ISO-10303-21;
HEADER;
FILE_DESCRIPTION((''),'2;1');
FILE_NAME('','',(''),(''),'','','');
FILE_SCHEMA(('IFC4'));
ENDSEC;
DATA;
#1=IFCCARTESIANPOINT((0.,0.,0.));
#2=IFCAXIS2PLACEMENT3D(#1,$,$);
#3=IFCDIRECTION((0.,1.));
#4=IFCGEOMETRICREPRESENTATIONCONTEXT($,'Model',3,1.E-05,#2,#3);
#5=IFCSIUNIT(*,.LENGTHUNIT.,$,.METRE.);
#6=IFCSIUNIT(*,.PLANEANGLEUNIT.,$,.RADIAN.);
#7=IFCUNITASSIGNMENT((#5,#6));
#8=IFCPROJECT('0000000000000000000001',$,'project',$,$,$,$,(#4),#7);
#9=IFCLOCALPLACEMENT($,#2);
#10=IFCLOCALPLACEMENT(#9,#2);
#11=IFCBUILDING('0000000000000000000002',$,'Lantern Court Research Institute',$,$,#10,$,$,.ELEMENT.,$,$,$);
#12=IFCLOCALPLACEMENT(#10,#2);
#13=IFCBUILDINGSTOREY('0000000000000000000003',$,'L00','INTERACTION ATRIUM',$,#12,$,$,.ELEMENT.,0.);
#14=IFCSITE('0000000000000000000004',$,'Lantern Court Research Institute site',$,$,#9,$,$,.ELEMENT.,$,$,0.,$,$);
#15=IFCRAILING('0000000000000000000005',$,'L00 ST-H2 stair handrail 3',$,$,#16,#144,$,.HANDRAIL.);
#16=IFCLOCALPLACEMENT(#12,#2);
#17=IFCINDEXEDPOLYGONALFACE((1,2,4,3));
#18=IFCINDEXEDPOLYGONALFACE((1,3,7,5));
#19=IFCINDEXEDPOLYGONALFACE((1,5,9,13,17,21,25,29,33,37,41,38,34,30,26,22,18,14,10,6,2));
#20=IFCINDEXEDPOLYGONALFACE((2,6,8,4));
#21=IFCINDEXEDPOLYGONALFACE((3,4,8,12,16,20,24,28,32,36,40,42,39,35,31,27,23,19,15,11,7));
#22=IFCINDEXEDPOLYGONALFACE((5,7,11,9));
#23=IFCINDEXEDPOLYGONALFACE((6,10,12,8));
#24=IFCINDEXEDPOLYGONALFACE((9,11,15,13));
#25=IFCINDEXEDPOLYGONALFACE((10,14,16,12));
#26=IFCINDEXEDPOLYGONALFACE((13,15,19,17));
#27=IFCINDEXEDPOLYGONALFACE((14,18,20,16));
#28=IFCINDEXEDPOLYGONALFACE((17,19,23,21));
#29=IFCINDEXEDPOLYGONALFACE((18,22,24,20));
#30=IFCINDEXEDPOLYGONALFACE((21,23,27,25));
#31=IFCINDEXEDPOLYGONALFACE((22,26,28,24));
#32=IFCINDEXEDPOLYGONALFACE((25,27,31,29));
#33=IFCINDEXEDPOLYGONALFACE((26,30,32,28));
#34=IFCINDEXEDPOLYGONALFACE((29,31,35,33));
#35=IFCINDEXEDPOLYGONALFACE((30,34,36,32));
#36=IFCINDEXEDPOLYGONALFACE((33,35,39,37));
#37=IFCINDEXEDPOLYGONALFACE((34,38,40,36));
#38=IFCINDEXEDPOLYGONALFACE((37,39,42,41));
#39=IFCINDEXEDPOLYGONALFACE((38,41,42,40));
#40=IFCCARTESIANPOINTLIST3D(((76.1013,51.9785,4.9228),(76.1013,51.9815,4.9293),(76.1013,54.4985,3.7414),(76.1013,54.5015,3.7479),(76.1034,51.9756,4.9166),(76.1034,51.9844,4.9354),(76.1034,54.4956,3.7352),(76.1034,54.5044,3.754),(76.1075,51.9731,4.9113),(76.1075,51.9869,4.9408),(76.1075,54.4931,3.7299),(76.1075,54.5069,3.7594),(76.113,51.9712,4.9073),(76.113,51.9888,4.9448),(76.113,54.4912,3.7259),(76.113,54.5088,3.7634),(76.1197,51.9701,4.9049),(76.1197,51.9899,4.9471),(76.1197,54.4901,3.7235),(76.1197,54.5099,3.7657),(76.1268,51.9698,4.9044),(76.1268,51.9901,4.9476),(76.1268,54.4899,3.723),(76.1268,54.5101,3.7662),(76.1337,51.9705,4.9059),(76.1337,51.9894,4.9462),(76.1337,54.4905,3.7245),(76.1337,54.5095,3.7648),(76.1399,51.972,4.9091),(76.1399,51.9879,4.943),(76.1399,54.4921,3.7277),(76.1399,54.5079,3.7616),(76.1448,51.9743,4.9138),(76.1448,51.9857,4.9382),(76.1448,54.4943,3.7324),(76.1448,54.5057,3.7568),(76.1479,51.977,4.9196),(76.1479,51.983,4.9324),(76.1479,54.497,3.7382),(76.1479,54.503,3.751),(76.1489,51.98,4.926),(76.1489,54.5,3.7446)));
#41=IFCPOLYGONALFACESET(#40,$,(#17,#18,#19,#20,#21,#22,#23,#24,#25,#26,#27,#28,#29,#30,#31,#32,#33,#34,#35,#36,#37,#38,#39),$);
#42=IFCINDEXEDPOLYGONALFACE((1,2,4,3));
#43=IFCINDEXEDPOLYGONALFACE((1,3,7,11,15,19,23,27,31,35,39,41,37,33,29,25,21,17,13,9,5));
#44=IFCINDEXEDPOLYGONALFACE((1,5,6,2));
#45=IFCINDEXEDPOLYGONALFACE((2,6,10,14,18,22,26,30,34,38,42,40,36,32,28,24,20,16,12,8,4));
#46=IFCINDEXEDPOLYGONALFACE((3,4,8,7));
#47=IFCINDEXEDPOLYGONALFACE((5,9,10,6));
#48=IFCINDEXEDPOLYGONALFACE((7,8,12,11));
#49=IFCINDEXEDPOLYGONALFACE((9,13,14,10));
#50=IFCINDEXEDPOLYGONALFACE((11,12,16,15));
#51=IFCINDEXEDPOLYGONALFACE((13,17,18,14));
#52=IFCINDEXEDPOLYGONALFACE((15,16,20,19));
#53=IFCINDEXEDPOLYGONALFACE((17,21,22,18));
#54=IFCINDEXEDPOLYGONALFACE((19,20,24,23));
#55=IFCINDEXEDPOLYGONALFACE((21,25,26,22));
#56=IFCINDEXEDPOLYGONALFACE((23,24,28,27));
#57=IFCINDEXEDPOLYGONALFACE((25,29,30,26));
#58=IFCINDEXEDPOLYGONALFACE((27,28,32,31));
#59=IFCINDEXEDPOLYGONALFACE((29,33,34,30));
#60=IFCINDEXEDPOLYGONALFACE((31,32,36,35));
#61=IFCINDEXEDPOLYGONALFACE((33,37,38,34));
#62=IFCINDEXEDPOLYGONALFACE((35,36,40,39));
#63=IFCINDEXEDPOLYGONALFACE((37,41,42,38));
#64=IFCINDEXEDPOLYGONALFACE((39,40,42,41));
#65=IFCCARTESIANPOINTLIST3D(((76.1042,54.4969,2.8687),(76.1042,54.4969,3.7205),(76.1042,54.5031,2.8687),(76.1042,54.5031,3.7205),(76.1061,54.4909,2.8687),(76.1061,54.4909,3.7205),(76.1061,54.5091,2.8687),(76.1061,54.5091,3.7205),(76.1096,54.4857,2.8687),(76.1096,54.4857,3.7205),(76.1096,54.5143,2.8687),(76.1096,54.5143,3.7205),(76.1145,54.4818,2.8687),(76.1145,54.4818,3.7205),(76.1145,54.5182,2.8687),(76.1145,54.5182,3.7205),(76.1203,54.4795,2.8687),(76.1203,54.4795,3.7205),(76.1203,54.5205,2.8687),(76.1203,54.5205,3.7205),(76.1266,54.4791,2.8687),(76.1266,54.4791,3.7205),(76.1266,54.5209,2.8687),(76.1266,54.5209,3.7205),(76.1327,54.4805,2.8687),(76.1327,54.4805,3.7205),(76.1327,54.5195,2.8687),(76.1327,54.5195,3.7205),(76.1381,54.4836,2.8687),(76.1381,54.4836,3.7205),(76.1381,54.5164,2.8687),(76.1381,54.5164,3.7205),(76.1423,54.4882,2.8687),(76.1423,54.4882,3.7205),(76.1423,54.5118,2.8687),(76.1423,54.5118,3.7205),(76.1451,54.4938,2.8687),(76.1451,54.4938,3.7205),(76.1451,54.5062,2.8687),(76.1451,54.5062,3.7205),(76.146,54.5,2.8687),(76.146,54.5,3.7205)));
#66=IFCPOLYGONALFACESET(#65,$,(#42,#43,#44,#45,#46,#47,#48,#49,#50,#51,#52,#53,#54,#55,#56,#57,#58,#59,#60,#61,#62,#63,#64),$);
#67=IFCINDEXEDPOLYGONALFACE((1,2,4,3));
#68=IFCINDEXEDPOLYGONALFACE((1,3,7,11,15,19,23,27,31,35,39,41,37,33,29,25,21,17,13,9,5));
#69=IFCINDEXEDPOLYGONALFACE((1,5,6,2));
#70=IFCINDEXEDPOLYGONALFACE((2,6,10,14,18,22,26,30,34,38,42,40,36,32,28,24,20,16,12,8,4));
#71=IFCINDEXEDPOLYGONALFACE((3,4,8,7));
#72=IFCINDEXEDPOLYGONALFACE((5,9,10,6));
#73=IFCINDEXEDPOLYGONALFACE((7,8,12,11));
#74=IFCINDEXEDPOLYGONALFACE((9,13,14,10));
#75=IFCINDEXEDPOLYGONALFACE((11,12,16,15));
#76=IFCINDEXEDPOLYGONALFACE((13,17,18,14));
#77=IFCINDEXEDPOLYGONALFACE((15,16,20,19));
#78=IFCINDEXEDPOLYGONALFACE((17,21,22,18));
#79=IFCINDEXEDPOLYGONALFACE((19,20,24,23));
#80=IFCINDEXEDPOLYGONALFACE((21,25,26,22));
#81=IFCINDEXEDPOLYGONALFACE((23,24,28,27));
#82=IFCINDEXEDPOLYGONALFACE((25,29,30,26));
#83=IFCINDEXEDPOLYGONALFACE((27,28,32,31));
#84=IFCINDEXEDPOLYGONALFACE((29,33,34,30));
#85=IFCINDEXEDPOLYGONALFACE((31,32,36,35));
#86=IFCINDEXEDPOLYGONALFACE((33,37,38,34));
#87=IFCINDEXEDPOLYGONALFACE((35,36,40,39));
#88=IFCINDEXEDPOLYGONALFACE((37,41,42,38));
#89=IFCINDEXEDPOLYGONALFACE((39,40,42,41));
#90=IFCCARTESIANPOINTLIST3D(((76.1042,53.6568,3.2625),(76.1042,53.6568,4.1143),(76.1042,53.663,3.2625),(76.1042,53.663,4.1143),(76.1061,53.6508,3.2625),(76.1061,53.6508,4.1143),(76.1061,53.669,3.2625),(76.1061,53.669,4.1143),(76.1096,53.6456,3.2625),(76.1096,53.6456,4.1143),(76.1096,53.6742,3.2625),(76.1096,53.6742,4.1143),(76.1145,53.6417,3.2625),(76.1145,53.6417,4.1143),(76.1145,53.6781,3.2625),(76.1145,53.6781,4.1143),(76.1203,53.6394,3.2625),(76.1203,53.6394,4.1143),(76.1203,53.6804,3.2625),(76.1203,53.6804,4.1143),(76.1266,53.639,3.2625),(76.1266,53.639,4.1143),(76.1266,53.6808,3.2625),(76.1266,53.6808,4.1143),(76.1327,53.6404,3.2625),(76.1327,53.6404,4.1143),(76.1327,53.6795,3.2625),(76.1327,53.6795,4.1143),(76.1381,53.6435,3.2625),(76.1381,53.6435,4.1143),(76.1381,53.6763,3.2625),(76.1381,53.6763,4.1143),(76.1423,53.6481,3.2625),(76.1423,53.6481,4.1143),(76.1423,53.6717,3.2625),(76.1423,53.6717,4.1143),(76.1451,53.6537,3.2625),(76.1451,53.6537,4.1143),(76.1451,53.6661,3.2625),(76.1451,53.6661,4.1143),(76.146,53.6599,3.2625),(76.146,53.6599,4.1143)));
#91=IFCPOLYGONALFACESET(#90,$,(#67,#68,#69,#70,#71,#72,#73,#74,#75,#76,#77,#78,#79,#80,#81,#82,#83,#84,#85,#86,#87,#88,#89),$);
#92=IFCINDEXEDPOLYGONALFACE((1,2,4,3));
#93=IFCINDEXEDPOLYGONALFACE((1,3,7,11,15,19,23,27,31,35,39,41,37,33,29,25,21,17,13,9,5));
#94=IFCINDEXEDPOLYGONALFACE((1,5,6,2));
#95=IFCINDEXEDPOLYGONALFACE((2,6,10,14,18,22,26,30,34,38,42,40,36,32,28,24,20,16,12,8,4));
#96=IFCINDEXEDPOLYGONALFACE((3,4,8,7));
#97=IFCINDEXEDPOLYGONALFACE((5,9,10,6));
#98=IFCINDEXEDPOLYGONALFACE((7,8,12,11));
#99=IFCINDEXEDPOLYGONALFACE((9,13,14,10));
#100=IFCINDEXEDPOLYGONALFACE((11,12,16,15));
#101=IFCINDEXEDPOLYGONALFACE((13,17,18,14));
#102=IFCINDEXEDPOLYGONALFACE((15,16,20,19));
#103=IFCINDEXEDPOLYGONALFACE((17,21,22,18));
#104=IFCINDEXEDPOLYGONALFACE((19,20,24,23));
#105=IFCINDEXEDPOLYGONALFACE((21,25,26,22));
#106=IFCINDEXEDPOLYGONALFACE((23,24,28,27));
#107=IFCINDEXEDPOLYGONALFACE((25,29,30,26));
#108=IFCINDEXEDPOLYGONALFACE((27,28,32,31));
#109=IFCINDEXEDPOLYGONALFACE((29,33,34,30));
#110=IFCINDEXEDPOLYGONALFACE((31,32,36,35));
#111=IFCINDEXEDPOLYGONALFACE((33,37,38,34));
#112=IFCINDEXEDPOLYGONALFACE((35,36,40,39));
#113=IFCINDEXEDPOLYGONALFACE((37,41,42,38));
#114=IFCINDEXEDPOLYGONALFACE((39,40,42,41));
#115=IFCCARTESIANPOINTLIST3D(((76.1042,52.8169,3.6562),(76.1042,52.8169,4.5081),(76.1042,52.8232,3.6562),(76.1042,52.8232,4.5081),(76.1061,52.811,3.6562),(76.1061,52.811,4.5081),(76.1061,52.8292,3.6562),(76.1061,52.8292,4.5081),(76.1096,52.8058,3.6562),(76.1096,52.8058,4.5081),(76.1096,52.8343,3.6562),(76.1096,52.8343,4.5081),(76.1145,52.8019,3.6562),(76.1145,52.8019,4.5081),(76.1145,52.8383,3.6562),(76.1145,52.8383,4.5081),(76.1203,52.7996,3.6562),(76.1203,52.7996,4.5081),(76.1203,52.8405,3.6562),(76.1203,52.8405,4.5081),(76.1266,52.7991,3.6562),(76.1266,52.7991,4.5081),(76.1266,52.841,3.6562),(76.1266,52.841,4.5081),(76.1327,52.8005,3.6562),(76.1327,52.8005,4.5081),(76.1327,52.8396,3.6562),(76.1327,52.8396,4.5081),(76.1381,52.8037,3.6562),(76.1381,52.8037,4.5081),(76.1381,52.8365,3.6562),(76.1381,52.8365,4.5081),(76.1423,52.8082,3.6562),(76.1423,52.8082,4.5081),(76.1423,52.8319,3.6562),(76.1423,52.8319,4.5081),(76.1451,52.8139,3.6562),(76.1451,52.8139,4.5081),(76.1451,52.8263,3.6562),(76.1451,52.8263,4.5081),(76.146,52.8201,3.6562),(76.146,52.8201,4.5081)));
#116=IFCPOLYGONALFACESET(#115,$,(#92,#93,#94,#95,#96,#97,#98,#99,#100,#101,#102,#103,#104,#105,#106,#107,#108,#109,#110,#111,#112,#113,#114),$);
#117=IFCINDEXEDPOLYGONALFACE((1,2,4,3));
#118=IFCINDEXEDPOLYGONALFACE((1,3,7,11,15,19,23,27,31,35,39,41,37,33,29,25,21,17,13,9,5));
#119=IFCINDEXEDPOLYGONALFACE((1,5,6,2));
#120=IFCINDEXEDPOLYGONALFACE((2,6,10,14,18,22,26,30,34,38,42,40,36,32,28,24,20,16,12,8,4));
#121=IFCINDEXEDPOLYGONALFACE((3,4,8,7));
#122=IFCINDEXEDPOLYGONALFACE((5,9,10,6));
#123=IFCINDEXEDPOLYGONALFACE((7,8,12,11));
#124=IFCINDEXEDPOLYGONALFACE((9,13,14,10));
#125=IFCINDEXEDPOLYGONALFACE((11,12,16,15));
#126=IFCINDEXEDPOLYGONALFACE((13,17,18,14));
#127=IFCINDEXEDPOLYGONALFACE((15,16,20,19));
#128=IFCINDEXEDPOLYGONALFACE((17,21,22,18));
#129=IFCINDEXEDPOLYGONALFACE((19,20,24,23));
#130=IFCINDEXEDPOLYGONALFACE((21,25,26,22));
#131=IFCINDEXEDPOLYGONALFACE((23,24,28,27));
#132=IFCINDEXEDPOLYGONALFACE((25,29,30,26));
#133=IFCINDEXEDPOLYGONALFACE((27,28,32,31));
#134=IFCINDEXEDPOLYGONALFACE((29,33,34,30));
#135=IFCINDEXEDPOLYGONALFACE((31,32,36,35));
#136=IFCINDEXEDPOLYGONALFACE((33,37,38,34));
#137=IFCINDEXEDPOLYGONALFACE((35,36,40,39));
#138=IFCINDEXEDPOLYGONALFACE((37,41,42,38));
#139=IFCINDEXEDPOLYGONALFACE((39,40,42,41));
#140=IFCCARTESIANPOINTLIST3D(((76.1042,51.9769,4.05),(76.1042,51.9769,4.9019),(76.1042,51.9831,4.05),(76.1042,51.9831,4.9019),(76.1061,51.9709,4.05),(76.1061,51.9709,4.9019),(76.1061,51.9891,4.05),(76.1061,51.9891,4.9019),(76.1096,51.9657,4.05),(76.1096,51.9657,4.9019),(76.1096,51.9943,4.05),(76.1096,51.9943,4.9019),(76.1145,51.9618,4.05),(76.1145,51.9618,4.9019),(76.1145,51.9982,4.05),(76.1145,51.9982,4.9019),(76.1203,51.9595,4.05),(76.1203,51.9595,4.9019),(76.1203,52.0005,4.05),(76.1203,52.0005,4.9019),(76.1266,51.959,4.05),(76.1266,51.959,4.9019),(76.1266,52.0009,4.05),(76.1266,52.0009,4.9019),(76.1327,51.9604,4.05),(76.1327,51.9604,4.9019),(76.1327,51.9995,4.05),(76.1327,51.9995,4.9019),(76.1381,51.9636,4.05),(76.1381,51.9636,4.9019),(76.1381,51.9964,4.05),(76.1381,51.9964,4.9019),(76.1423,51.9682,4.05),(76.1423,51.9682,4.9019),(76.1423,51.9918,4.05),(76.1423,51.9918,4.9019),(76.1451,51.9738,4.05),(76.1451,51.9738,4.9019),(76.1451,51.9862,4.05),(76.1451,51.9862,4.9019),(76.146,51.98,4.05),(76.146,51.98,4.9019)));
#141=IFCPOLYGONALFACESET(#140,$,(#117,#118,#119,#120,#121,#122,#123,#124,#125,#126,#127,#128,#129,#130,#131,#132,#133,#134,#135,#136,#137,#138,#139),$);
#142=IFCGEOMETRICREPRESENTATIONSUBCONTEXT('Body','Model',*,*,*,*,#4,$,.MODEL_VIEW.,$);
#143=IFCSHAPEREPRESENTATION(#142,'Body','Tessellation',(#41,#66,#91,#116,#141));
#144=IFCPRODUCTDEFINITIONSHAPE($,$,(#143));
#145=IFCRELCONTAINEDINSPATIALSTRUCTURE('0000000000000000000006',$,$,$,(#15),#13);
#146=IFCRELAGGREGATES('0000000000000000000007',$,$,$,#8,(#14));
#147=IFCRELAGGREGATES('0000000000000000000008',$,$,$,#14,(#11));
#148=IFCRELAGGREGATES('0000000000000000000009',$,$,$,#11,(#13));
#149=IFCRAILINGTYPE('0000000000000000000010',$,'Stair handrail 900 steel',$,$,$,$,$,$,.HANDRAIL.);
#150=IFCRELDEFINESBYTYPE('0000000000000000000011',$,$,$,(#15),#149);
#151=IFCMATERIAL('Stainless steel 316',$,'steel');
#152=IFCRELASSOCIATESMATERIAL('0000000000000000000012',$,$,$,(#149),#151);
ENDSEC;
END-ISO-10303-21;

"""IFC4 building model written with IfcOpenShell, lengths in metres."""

from ifc_helpers import new_model, si_unit, direction, frame, origin, origin_2d, place, context, subcontext, project, spatial, circle, extrude, material, type_object, element, save


model = new_model("IFC4")

# Units and contexts
model_context = context("Model", 3, precision=1e-05, world=origin(), true_north=direction((0.0, 1.0)))
body_context = subcontext(model_context, "Body", "Model", "MODEL_VIEW")
ifc_project = project(units=[si_unit("LENGTHUNIT", "METRE"), si_unit("PLANEANGLEUNIT", "RADIAN")], contexts=[model_context])

# Site, building, storey
site_placement = place(None, origin())
site = spatial("IfcSite", under=ifc_project, at=site_placement, Name="Lantern Court Research Institute site", CompositionType="ELEMENT", RefElevation=0.0)
building_placement = place(site_placement, origin())
building = spatial("IfcBuilding", under=site, at=building_placement, Name="Lantern Court Research Institute", CompositionType="ELEMENT")
storey_placement = place(building_placement, origin())
storey = spatial("IfcBuildingStorey", under=building, at=storey_placement, Name="L00", Description="INTERACTION ATRIUM", CompositionType="ELEMENT", Elevation=0.0)

# Railing
ifc_material_1 = material(Name="Stainless steel 316", Category="steel")
railing_type_1 = type_object("IfcRailingType", Name="Stair handrail 900 steel", PredefinedType="HANDRAIL", material=ifc_material_1)
for number, where, name in (
    (1, (76.125, 54.5, 2.8687), "L00 ST-H2 stair handrail 3"),
):
    element("IfcRailing", number, at=place(storey_placement, frame(where)), inside=storey, type_object=railing_type_1, Name=name, PredefinedType="HANDRAIL", context=body_context, shape_type="SweptSolid", body=[
        extrude(circle(Radius=0.0239, at=origin_2d()), frame((0.0, 0.0, 0.876), z_axis=(0.0, -0.90544, 0.424474), x_axis=(1.0, 0.0, 0.0)), (0.0, 0.0, 1.0), 2.7832),
        extrude(circle(Radius=0.021, at=origin_2d()), origin(), (0.0, 0.0, 1.0), 0.8518),
        extrude(circle(Radius=0.021, at=origin_2d()), frame((0.0, -0.8401, 0.3938)), (0.0, 0.0, 1.0), 0.8518),
        extrude(circle(Radius=0.021, at=origin_2d()), frame((0.0, -1.6799, 0.7876)), (0.0, 0.0, 1.0), 0.8518),
        extrude(circle(Radius=0.021, at=origin_2d()), frame((0.0, -2.52, 1.1814)), (0.0, 0.0, 1.0), 0.8518),
    ])

save(model, "model.ifc")
